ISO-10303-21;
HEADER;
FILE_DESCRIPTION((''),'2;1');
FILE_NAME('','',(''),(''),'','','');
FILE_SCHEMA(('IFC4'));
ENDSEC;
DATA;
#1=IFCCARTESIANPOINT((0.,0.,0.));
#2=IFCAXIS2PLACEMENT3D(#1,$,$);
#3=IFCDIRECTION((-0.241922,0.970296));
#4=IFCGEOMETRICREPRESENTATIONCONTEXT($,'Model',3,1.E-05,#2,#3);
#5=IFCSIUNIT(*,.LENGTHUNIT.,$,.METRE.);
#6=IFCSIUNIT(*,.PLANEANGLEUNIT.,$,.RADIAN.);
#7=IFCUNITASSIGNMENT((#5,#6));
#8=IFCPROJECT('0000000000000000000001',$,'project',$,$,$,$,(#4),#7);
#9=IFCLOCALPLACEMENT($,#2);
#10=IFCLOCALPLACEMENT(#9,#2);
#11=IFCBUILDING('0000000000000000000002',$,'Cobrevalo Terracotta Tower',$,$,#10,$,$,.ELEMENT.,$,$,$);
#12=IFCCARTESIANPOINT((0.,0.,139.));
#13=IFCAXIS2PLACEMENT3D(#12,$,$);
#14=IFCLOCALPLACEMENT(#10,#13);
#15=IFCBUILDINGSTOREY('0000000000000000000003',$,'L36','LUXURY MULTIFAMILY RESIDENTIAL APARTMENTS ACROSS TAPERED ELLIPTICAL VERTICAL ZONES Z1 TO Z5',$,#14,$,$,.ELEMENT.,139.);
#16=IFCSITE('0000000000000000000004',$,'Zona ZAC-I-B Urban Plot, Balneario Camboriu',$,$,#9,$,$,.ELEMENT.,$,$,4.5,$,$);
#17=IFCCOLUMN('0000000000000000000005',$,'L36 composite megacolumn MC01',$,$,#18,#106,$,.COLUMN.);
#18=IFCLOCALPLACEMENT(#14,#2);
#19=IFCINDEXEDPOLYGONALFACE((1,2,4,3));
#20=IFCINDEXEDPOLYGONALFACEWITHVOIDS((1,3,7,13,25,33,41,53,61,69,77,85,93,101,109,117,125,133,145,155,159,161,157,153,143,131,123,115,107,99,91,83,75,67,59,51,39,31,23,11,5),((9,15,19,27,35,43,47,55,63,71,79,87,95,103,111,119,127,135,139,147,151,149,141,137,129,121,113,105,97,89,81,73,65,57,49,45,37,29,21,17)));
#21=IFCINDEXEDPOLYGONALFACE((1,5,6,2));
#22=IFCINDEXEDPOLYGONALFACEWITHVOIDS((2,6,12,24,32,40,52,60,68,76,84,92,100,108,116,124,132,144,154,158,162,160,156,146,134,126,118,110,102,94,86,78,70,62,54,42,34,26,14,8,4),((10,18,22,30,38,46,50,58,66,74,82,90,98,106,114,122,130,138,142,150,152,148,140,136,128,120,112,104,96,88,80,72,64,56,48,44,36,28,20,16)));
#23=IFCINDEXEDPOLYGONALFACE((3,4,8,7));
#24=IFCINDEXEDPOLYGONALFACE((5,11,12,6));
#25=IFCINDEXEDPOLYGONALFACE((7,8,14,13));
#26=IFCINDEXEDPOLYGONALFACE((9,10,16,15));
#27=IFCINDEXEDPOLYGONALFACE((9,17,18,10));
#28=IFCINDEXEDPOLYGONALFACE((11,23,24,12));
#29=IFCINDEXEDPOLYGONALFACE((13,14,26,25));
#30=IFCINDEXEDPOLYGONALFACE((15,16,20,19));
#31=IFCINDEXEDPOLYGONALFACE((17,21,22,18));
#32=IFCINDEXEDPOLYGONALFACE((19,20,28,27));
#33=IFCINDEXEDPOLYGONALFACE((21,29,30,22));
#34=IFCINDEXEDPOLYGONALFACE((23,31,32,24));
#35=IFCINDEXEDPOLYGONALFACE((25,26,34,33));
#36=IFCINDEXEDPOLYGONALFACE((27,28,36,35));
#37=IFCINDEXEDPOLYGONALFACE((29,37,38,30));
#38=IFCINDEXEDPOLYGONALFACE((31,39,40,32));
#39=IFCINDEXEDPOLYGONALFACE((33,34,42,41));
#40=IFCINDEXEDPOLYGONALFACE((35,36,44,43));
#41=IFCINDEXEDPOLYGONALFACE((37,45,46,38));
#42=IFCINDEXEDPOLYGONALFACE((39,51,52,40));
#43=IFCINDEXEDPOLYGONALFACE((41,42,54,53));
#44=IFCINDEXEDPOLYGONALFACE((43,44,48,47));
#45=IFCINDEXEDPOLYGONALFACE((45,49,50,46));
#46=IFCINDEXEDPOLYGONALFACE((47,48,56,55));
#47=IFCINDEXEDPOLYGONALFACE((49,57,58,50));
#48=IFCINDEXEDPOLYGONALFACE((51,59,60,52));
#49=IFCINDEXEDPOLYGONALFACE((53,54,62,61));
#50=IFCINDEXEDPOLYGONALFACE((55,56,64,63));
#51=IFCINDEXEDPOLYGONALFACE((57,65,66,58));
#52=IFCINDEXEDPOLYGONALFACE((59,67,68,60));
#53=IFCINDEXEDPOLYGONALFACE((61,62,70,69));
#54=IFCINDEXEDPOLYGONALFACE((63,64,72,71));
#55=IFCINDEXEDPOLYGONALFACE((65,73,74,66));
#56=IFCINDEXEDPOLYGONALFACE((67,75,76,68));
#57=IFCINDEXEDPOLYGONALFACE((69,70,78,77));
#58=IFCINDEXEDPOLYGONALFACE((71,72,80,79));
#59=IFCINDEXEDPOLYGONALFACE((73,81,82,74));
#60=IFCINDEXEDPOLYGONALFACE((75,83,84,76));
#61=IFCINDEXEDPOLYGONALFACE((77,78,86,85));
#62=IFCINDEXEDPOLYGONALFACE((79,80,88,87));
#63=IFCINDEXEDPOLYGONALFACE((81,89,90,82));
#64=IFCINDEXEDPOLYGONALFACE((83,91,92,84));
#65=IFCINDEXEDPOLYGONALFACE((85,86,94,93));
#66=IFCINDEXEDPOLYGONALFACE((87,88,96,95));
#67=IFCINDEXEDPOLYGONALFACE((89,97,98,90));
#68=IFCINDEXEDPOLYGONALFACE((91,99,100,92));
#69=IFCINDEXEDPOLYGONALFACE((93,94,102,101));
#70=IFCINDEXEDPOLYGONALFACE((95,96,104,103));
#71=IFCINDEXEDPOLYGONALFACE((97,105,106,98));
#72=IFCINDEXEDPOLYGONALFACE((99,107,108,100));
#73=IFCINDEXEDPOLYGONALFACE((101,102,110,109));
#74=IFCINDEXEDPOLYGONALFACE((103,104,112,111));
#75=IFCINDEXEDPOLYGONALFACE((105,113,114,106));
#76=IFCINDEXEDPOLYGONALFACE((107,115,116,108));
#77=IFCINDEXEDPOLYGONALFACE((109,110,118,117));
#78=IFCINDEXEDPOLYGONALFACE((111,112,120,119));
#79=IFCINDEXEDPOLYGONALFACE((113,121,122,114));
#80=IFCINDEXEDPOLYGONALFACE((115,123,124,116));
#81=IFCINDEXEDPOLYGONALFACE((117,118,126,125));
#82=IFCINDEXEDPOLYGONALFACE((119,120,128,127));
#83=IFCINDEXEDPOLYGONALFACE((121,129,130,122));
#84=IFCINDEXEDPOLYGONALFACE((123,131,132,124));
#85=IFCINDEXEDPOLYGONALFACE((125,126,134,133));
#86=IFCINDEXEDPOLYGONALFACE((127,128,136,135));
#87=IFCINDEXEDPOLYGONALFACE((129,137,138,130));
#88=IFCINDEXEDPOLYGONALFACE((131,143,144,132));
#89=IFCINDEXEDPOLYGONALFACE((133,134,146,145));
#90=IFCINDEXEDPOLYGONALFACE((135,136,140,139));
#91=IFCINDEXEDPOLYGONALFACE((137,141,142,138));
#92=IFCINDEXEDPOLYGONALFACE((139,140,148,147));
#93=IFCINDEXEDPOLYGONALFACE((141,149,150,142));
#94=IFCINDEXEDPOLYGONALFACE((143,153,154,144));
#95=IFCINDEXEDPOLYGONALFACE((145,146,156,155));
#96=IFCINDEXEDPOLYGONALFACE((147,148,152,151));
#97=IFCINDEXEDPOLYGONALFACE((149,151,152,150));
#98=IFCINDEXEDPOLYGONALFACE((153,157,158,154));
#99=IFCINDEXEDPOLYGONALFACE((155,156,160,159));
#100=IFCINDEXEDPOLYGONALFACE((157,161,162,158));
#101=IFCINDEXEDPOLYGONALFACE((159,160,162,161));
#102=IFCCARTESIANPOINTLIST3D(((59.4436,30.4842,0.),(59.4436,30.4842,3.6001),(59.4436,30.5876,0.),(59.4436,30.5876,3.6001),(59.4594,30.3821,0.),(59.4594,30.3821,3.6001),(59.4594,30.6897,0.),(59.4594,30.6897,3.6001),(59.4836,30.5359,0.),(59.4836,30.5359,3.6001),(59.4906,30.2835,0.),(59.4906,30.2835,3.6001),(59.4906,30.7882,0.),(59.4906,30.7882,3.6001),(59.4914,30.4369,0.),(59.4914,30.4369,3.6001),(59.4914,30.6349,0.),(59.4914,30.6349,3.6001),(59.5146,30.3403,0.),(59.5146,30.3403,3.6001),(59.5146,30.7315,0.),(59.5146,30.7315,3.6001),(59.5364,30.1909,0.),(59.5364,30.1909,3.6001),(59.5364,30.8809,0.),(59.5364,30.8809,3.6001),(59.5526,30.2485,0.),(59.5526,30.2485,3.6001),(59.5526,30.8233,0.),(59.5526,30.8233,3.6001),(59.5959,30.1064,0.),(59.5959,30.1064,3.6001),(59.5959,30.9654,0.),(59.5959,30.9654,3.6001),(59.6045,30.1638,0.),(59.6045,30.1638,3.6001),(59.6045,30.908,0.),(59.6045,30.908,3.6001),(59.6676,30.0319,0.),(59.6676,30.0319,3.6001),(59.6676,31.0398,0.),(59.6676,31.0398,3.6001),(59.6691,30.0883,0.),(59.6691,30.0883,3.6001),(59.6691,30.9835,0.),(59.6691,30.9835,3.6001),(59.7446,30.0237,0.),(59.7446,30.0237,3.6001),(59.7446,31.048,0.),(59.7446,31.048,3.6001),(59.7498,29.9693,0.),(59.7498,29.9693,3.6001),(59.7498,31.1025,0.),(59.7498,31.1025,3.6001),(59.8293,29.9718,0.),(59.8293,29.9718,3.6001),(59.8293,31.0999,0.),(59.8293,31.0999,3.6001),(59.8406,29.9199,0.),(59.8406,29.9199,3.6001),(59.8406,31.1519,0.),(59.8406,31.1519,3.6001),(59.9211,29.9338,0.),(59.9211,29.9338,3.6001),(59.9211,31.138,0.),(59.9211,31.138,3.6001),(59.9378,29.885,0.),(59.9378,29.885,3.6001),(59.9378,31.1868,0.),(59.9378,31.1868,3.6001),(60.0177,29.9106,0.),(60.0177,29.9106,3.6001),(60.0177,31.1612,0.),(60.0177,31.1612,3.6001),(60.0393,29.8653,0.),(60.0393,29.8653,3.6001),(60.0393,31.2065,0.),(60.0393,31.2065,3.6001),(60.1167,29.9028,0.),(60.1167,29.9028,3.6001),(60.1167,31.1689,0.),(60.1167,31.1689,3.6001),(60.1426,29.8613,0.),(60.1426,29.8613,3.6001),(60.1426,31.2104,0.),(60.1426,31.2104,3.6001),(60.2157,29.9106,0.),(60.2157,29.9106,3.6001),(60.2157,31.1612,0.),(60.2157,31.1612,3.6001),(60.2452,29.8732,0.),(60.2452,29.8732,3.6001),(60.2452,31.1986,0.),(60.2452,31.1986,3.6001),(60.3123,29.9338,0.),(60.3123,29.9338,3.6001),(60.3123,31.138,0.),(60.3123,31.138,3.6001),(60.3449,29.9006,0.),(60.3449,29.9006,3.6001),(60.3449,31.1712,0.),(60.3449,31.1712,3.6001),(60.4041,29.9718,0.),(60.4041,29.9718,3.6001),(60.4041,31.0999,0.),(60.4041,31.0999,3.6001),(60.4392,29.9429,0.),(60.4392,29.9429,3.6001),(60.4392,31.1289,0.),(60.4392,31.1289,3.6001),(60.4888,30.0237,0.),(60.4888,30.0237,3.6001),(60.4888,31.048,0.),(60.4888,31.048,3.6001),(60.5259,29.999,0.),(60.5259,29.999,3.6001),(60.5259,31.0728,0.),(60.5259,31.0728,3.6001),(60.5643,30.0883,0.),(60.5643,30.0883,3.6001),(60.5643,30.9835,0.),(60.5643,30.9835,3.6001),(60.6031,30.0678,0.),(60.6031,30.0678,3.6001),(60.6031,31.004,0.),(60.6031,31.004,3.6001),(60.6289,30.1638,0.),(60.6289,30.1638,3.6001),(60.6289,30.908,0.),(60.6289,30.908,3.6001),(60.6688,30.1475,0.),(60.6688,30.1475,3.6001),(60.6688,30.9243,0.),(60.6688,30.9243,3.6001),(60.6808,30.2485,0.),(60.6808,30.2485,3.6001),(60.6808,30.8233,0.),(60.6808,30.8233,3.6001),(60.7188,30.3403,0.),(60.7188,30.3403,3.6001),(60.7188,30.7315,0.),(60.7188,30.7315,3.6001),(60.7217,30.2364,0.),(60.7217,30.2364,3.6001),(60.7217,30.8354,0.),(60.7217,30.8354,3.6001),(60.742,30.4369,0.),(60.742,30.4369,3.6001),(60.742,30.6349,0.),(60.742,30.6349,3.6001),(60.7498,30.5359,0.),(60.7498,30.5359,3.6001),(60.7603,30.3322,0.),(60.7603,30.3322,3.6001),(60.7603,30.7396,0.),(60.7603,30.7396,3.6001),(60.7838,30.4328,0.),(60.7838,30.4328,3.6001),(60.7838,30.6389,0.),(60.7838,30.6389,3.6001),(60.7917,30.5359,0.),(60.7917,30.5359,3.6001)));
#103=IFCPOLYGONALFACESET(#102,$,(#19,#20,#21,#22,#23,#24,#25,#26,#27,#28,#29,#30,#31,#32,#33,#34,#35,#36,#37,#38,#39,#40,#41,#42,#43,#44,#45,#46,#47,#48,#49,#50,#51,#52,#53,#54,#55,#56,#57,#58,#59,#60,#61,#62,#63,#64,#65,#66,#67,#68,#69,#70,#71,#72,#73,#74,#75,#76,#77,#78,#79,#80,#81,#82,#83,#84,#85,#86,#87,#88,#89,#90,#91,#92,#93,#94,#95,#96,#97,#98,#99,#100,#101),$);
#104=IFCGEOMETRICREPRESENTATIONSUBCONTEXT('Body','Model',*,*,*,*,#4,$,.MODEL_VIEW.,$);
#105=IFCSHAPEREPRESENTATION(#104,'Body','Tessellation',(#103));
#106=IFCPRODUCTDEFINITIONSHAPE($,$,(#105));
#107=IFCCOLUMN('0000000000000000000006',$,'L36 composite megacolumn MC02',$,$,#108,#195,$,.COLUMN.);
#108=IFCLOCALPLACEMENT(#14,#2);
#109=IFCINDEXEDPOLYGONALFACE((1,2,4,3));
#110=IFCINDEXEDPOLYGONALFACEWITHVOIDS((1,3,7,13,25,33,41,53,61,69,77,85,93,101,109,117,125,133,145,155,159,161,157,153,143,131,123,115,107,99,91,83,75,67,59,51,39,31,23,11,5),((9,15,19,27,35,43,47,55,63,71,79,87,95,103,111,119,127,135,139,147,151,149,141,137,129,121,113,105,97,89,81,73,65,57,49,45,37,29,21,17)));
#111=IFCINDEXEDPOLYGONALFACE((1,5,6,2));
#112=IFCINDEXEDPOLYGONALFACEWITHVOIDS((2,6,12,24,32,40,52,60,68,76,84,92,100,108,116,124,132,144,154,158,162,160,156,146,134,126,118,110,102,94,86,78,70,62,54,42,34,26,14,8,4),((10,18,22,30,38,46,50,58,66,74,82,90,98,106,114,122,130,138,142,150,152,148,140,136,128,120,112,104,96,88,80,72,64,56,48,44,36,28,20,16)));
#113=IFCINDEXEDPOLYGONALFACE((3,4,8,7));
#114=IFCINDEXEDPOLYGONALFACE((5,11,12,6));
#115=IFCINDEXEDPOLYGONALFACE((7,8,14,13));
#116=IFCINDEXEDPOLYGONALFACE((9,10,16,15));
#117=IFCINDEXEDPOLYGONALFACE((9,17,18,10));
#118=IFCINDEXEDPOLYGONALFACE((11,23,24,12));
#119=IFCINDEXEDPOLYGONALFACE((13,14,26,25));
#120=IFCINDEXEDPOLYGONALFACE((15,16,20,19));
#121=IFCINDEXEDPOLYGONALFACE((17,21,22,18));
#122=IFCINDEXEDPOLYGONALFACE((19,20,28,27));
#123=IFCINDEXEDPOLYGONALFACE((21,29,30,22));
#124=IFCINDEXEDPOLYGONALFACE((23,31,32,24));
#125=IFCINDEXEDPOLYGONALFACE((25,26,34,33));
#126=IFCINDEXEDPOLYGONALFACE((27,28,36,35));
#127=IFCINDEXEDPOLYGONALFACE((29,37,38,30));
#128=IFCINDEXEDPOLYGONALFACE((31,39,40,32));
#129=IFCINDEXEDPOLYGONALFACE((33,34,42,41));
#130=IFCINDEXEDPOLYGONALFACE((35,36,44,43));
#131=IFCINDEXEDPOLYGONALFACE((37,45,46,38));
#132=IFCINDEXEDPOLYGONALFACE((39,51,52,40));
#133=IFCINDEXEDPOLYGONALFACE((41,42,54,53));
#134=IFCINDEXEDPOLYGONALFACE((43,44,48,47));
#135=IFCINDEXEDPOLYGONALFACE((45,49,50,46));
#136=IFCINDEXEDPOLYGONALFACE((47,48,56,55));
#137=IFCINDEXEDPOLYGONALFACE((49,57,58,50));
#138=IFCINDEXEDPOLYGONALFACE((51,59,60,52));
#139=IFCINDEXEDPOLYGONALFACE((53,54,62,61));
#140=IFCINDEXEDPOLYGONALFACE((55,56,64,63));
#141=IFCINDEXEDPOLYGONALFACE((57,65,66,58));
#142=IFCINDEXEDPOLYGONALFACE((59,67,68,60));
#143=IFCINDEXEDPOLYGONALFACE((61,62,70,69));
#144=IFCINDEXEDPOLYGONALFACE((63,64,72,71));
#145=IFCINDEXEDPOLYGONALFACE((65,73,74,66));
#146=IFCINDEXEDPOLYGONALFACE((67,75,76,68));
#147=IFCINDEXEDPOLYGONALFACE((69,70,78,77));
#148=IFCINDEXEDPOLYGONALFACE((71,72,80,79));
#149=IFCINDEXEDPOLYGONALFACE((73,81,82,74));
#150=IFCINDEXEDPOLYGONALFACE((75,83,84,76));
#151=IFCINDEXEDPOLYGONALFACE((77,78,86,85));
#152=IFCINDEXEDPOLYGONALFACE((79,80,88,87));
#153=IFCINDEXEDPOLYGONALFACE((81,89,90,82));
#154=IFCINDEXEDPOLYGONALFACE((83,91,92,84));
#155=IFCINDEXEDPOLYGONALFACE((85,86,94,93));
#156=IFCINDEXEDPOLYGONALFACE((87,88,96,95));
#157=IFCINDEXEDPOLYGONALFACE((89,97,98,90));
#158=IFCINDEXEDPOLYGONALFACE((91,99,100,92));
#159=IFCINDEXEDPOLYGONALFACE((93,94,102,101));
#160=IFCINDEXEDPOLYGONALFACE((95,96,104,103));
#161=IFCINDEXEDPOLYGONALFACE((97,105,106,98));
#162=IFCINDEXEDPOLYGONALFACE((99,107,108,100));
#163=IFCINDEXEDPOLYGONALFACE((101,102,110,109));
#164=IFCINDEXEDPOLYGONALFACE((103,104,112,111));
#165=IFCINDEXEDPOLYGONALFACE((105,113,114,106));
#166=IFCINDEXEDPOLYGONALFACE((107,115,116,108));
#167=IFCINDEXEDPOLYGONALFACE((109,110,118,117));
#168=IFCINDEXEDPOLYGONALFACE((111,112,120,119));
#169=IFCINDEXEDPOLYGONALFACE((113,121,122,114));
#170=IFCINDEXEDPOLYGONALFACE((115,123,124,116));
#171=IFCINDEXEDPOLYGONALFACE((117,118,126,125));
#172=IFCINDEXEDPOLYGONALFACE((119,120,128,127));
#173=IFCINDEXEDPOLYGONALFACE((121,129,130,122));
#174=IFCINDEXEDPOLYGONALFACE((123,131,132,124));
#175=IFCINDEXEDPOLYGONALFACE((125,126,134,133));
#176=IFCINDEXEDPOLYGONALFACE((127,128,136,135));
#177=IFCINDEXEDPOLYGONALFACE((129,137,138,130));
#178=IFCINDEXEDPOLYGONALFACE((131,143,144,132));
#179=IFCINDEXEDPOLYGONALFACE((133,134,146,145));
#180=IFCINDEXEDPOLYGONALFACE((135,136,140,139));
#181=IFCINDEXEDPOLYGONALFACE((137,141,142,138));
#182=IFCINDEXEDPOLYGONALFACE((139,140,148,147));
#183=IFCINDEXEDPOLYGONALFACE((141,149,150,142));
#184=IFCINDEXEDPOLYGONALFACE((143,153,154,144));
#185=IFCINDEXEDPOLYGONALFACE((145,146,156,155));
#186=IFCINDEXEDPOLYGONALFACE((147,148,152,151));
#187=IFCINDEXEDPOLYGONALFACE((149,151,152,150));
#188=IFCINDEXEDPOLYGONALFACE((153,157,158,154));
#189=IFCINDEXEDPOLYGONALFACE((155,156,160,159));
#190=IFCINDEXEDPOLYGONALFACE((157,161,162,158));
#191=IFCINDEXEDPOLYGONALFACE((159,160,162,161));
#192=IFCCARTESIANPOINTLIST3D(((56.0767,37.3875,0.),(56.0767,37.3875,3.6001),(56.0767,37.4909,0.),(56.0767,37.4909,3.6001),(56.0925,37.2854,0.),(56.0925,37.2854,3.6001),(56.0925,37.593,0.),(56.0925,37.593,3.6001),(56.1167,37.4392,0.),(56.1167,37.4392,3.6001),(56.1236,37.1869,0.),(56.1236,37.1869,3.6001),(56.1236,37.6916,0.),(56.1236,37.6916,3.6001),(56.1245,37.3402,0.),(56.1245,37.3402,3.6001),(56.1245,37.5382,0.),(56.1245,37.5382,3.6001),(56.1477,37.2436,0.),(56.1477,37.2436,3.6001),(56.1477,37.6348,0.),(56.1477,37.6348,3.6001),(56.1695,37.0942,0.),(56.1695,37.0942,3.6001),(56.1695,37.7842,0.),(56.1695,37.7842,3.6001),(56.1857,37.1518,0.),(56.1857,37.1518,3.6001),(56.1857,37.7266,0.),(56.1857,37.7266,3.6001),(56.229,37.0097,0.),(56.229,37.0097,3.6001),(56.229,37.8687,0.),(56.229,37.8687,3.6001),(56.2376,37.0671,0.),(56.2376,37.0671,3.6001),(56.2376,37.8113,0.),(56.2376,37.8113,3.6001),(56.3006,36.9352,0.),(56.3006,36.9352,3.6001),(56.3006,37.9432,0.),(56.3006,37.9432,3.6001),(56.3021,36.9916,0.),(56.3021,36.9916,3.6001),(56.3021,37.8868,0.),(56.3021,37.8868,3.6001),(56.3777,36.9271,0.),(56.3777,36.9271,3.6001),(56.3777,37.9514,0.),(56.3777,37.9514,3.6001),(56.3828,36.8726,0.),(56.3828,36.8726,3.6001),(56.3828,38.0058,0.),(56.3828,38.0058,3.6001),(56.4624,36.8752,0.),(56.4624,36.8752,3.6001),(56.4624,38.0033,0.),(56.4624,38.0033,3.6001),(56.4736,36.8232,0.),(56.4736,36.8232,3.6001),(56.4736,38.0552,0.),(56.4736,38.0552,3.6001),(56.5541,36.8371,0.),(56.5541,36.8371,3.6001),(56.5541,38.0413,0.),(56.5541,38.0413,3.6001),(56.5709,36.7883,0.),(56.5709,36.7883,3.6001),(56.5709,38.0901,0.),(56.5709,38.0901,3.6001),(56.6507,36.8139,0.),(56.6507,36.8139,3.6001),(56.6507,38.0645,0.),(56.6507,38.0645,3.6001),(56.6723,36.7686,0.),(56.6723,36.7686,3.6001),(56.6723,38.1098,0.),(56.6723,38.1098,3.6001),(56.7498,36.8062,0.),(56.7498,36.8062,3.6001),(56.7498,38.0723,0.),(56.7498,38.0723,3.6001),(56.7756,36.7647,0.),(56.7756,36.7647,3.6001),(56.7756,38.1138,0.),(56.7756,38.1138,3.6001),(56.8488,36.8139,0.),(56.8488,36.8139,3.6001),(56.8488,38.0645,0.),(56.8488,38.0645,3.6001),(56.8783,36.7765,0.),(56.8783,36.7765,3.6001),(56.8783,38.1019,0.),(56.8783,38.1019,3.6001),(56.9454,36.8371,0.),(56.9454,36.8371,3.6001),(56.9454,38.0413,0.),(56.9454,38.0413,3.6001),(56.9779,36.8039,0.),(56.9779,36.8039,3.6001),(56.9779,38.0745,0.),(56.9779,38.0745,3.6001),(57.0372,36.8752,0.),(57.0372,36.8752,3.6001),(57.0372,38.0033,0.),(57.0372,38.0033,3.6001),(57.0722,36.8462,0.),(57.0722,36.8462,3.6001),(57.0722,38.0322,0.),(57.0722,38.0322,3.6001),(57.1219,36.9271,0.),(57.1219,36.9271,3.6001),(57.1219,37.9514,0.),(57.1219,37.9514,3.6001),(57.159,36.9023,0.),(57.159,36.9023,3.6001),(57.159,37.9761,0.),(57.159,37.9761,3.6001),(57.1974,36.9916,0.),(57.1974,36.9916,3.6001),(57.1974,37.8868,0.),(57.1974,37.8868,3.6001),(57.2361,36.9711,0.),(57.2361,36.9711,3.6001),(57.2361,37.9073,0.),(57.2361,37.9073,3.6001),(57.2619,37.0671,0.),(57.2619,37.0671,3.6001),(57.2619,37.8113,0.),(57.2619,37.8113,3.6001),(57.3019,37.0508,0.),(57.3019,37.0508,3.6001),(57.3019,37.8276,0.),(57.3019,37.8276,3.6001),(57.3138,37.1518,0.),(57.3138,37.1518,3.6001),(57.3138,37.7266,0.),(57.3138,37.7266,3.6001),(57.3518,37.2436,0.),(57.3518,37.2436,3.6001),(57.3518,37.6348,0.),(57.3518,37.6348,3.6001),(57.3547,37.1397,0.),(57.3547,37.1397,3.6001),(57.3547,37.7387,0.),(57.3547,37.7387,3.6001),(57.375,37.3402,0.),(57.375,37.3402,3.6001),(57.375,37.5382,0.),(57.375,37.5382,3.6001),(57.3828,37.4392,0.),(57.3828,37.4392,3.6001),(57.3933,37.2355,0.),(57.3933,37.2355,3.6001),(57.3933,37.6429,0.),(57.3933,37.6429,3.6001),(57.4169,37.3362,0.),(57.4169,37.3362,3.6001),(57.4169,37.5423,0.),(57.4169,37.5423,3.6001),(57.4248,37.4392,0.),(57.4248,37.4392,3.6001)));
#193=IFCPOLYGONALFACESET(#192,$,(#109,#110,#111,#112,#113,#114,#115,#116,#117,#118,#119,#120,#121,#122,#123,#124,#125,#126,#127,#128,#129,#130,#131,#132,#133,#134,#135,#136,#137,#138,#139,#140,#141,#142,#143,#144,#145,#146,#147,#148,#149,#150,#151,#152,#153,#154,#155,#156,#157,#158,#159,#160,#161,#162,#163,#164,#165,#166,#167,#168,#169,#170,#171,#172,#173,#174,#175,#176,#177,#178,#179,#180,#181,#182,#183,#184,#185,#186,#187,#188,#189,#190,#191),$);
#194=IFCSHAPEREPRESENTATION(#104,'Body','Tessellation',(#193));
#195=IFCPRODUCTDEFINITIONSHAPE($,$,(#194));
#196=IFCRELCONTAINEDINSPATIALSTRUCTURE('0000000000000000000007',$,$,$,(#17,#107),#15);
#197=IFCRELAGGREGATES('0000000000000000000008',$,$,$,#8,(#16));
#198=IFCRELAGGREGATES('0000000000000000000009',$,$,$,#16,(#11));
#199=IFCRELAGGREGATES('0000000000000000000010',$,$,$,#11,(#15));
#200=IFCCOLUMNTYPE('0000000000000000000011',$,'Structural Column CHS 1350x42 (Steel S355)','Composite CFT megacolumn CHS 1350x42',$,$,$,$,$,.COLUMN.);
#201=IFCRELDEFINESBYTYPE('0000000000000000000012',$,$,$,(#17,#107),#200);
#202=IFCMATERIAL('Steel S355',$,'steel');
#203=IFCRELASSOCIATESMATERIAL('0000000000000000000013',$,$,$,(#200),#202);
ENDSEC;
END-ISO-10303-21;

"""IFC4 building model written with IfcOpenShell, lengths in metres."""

from ifc_helpers import new_model, si_unit, direction, frame, origin, origin_2d, place, context, subcontext, project, spatial, hollow_circle, extrude, material, material_profile, profile_set, type_object, element, save


model = new_model("IFC4")

# Units and contexts
model_context = context("Model", 3, precision=1e-05, world=origin(), true_north=direction((-0.241922, 0.970296)))
body_context = subcontext(model_context, "Body", "Model", "MODEL_VIEW")
ifc_project = project(units=[si_unit("LENGTHUNIT", "METRE"), si_unit("PLANEANGLEUNIT", "RADIAN")], contexts=[model_context])

# Site, building, storey
site_placement = place(None, origin())
site = spatial("IfcSite", under=ifc_project, at=site_placement, Name="Zona ZAC-I-B Urban Plot, Balneario Camboriu", CompositionType="ELEMENT", RefElevation=4.5)
building_placement = place(site_placement, origin())
building = spatial("IfcBuilding", under=site, at=building_placement, Name="Cobrevalo Terracotta Tower", CompositionType="ELEMENT")
storey_placement = place(building_placement, frame((0.0, 0.0, 139.0)))
storey = spatial("IfcBuildingStorey", under=building, at=storey_placement, Name="L36", Description="LUXURY MULTIFAMILY RESIDENTIAL APARTMENTS ACROSS TAPERED ELLIPTICAL VERTICAL ZONES Z1 TO Z5", CompositionType="ELEMENT", Elevation=139.0)

# Columns
ifc_material_1 = material(Name="Steel S355", Category="steel")
ifc_material_profile_1 = material_profile(ifc_material_1, hollow_circle(Radius=0.675, WallThickness=0.042, at=origin_2d()), Name="CHS 1350x42")
ifc_profile_set_1 = profile_set([ifc_material_profile_1], Name="Steel S355")
column_type = type_object("IfcColumnType", Name="Structural Column CHS 1350x42 (Steel S355)", Description="Composite CFT megacolumn CHS 1350x42", PredefinedType="COLUMN", material=ifc_profile_set_1)
for number, where, z_axis, x_axis, name in (
    (1, (60.1167, 30.5359, 0.0), (0.0, 0.0, 1.0), (1.0, 0.0, 0.0), "L36 composite megacolumn MC01"),
    (2, (56.7498, 37.4392, 0.0), (0.0, 0.0, 1.0), (1.0, 0.0, 0.0), "L36 composite megacolumn MC02"),
):
    element("IfcColumn", number, at=place(storey_placement, frame(where, z_axis=z_axis, x_axis=x_axis)), inside=storey, type_object=column_type, Name=name, PredefinedType="COLUMN", context=body_context, shape_type="SweptSolid", body=[
        extrude(hollow_circle(Radius=0.675, WallThickness=0.042, at=origin_2d()), origin(), (0.0, 0.0, 1.0), 3.6001),
    ])

save(model, "model.ifc")
